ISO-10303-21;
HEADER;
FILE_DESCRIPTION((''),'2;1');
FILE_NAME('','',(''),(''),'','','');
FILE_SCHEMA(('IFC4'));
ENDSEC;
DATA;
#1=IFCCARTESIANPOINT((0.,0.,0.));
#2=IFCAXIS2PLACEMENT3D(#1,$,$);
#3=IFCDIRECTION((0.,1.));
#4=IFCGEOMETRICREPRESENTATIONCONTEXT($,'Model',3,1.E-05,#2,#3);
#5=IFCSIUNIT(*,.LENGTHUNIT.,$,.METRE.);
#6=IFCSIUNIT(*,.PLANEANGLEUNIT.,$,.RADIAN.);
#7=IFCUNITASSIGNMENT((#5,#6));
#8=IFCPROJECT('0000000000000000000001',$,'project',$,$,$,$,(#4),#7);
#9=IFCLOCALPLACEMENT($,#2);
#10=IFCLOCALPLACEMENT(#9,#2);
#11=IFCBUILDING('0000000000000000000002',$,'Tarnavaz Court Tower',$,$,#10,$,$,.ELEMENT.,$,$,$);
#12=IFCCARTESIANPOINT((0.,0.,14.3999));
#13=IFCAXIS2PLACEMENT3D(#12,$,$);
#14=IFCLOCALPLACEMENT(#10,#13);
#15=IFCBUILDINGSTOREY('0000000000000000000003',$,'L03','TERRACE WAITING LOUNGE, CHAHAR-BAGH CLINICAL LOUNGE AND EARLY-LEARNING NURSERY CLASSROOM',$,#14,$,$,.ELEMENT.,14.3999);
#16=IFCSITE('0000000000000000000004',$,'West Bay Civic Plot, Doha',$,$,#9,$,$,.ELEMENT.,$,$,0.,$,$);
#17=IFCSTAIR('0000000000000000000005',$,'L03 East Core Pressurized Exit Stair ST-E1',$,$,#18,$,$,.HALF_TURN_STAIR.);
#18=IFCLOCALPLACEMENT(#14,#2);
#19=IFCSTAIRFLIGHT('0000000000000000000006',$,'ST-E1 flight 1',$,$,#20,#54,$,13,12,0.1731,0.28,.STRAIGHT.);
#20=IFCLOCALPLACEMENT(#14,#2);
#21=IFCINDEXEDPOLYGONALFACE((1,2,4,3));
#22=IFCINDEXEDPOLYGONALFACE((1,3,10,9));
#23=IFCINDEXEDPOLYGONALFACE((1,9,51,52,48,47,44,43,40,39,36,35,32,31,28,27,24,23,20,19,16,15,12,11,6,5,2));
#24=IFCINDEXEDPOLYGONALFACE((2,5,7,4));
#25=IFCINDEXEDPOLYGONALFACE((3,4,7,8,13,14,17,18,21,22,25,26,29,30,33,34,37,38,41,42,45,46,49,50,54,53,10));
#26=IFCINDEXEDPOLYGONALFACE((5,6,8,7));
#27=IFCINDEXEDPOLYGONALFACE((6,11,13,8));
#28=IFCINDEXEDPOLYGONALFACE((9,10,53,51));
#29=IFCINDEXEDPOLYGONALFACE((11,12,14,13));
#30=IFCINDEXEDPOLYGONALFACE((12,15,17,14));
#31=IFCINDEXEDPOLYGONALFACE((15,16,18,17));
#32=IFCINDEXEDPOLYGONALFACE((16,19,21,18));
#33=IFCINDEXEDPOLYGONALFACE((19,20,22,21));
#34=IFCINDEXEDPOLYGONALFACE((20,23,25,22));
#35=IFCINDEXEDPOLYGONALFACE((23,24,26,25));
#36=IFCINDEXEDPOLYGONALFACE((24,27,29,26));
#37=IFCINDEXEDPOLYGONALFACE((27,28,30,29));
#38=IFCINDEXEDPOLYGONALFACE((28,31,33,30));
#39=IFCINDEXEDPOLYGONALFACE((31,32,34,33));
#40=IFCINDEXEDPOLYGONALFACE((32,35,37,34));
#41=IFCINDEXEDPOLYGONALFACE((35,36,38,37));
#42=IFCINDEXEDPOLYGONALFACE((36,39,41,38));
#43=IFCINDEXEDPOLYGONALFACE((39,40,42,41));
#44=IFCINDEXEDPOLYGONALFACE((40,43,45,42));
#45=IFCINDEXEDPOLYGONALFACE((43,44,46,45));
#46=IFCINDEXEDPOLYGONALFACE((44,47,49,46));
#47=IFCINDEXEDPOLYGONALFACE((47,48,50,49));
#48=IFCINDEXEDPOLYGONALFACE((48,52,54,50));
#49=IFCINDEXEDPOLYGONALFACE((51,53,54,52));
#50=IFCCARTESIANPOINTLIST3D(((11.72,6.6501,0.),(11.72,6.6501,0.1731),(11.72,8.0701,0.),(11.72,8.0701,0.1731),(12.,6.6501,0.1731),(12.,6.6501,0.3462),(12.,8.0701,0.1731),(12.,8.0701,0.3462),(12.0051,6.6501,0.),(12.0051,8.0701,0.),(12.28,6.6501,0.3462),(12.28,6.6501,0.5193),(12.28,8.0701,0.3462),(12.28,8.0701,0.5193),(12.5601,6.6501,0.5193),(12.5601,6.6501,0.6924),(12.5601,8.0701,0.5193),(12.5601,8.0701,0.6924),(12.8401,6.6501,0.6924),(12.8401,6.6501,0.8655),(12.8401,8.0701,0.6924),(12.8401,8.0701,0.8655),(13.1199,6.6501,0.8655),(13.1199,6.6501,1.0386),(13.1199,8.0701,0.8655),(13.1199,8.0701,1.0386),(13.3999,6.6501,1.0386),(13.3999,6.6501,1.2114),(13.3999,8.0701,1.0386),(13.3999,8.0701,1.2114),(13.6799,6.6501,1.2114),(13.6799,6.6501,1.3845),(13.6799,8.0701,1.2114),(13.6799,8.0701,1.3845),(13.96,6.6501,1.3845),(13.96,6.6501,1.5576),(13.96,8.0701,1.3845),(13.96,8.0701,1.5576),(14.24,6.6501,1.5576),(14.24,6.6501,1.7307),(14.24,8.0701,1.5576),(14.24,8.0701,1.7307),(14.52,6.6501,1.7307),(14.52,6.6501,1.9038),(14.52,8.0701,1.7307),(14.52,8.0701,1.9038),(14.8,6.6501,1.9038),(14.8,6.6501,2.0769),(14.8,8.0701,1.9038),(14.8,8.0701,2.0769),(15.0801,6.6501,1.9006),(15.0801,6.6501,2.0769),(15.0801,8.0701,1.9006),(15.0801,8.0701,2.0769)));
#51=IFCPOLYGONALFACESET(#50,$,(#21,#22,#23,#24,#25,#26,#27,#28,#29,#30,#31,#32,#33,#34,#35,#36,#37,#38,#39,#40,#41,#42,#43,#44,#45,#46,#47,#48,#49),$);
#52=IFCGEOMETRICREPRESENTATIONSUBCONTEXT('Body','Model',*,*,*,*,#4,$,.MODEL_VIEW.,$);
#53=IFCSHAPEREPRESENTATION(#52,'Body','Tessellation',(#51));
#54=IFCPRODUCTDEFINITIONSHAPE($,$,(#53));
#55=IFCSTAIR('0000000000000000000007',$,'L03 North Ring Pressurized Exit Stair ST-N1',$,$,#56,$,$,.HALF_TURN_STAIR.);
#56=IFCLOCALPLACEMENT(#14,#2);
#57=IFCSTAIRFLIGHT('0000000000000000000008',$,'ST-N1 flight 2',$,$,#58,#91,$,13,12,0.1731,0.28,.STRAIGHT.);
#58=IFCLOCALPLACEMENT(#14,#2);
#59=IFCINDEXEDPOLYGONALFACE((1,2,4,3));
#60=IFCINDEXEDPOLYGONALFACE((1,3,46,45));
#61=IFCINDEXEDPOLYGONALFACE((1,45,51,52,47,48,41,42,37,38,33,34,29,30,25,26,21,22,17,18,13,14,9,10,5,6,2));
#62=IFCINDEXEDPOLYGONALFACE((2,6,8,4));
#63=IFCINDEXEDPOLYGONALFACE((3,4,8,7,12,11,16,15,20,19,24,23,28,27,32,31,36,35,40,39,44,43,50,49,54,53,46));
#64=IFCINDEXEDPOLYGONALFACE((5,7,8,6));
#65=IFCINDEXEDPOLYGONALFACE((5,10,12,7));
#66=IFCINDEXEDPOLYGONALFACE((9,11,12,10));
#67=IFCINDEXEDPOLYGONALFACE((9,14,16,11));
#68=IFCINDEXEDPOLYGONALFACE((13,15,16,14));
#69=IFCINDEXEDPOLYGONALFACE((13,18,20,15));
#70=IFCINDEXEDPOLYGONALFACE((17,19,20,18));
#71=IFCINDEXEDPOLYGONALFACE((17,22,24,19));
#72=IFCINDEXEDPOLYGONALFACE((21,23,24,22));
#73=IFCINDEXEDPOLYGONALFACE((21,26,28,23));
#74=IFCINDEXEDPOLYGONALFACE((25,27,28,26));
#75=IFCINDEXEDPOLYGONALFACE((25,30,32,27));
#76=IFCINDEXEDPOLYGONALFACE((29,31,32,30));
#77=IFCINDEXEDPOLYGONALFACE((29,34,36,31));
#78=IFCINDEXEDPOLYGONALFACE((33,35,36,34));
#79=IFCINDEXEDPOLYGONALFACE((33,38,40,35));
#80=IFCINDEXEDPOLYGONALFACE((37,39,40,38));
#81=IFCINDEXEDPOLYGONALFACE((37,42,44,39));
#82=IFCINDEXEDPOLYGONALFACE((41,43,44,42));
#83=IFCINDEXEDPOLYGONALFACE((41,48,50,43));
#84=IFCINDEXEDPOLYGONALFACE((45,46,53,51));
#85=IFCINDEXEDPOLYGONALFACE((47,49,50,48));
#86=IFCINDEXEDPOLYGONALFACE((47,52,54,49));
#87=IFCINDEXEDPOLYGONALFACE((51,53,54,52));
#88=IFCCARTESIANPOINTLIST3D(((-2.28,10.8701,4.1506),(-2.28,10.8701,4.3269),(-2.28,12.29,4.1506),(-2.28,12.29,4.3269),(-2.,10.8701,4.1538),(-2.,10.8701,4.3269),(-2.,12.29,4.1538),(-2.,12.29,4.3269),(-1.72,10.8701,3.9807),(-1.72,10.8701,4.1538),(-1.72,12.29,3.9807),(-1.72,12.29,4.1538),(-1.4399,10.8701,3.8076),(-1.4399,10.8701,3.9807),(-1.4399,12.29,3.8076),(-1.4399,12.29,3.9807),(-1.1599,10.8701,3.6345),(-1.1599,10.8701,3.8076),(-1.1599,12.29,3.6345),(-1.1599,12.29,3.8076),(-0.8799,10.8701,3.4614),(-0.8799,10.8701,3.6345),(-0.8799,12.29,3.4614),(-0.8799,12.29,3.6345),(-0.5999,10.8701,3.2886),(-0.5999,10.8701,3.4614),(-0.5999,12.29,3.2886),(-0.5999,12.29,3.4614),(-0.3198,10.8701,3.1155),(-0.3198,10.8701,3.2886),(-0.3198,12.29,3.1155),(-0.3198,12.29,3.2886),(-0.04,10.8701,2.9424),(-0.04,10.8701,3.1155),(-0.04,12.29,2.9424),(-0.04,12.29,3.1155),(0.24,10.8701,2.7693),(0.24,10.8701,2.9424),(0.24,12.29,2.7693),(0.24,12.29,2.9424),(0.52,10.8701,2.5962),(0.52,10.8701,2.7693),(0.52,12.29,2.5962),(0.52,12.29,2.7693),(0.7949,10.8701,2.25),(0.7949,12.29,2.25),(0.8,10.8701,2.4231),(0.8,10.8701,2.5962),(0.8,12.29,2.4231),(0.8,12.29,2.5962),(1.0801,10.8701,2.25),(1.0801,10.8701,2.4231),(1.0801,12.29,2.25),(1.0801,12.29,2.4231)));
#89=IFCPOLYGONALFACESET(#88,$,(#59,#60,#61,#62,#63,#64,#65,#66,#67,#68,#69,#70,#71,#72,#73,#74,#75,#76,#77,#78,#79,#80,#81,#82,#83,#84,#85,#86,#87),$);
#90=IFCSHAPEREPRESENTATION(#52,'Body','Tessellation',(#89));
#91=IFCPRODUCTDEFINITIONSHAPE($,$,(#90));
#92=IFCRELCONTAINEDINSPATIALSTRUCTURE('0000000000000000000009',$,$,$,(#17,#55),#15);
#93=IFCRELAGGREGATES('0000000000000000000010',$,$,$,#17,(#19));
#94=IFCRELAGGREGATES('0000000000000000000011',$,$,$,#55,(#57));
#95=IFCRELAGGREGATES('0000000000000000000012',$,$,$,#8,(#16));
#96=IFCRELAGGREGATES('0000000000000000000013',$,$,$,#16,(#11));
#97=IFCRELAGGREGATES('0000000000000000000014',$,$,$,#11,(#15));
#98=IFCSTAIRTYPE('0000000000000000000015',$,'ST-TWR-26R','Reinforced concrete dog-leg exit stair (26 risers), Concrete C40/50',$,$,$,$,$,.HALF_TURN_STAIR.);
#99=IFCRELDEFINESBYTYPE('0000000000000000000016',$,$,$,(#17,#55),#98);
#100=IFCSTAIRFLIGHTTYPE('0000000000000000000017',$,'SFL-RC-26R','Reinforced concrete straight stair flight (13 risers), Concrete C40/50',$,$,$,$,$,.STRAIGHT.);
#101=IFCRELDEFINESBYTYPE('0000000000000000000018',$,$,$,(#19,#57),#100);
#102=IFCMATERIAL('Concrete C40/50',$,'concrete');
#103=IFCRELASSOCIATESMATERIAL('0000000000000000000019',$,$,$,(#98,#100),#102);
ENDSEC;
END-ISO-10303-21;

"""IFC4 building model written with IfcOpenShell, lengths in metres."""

from ifc_helpers import new_model, si_unit, direction, frame, origin, place, context, subcontext, project, spatial, polyline, outline, extrude, material, type_object, element, aggregate, save


model = new_model("IFC4")

# Units and contexts
model_context = context("Model", 3, precision=1e-05, world=origin(), true_north=direction((0.0, 1.0)))
body_context = subcontext(model_context, "Body", "Model", "MODEL_VIEW")
ifc_project = project(units=[si_unit("LENGTHUNIT", "METRE"), si_unit("PLANEANGLEUNIT", "RADIAN")], contexts=[model_context])

# Site, building, storey
site_placement = place(None, origin())
site = spatial("IfcSite", under=ifc_project, at=site_placement, Name="West Bay Civic Plot, Doha", CompositionType="ELEMENT", RefElevation=0.0)
building_placement = place(site_placement, origin())
building = spatial("IfcBuilding", under=site, at=building_placement, Name="Tarnavaz Court Tower", CompositionType="ELEMENT")
storey_placement = place(building_placement, frame((0.0, 0.0, 14.3999)))
storey = spatial("IfcBuildingStorey", under=building, at=storey_placement, Name="L03", Description="TERRACE WAITING LOUNGE, CHAHAR-BAGH CLINICAL LOUNGE AND EARLY-LEARNING NURSERY CLASSROOM", CompositionType="ELEMENT", Elevation=14.3999)

# Stairs, stair flights
ifc_material_1 = material(Name="Concrete C40/50", Category="concrete")
stair_type = type_object("IfcStairType", Name="ST-TWR-26R", Description="Reinforced concrete dog-leg exit stair (26 risers), Concrete C40/50", PredefinedType="HALF_TURN_STAIR", material=ifc_material_1)
stair_1_placement = place(storey_placement, origin())
stair_1 = element("IfcStair", 1, at=stair_1_placement, inside=storey, type_object=stair_type, Name="L03 East Core Pressurized Exit Stair ST-E1", PredefinedType="HALF_TURN_STAIR")
stair_flight_type = type_object("IfcStairFlightType", Name="SFL-RC-26R", Description="Reinforced concrete straight stair flight (13 risers), Concrete C40/50", PredefinedType="STRAIGHT", material=ifc_material_1)
stair_flight_1_placement = place(storey_placement, frame((11.72, 7.3601, 0.0), z_axis=(0.0, 0.0, 1.0), x_axis=(1.0, 0.0, 0.0)))
stair_flight_1 = element("IfcStairFlight", 2, at=stair_flight_1_placement, type_object=stair_flight_type, Name="ST-E1 flight 1", NumberOfRisers=13, NumberOfTreads=12, PredefinedType="STRAIGHT", RiserHeight=0.1731, TreadLength=0.28, context=body_context, shape_type="SweptSolid", body=[
    extrude(outline(polyline([(0.0, 0.0), (0.0, 0.1731), (0.28, 0.1731), (0.28, 0.3462), (0.5601, 0.3462), (0.5601, 0.5193), (0.8401, 0.5193), (0.8401, 0.6924), (1.1201, 0.6924), (1.1201, 0.8655), (1.3999, 0.8655), (1.3999, 1.0386), (1.6799, 1.0386), (1.6799, 1.2114), (1.96, 1.2114), (1.96, 1.3845), (2.24, 1.3845), (2.24, 1.5576), (2.52, 1.5576), (2.52, 1.7307), (2.8, 1.7307), (2.8, 1.9038), (3.0801, 1.9038), (3.0801, 2.0769), (3.3601, 2.0769), (3.3601, 2.25), (3.3601, 1.9006), (0.2852, 0.0), (0.0, 0.0)])), frame((0.0, 0.71, 0.0), z_axis=(0.0, -1.0, 0.0), x_axis=(1.0, 0.0, 0.0)), (0.0, 0.0, 1.0), 1.4199),
])
aggregate(stair_1, [stair_flight_1])
stair_2_placement = place(storey_placement, origin())
stair_2 = element("IfcStair", 3, at=stair_2_placement, inside=storey, type_object=stair_type, Name="L03 North Ring Pressurized Exit Stair ST-N1", PredefinedType="HALF_TURN_STAIR")
stair_flight_2_placement = place(storey_placement, frame((1.0801, 11.5801, 2.25), z_axis=(0.0, 0.0, 1.0), x_axis=(-1.0, 0.0, 0.0)))
stair_flight_2 = element("IfcStairFlight", 4, at=stair_flight_2_placement, type_object=stair_flight_type, Name="ST-N1 flight 2", NumberOfRisers=13, NumberOfTreads=12, PredefinedType="STRAIGHT", RiserHeight=0.1731, TreadLength=0.28, context=body_context, shape_type="SweptSolid", body=[
    extrude(outline(polyline([(0.0, 0.0), (0.0, 0.1731), (0.28, 0.1731), (0.28, 0.3462), (0.5601, 0.3462), (0.5601, 0.5193), (0.8401, 0.5193), (0.8401, 0.6924), (1.1201, 0.6924), (1.1201, 0.8655), (1.3999, 0.8655), (1.3999, 1.0386), (1.6799, 1.0386), (1.6799, 1.2114), (1.96, 1.2114), (1.96, 1.3845), (2.24, 1.3845), (2.24, 1.5576), (2.52, 1.5576), (2.52, 1.7307), (2.8, 1.7307), (2.8, 1.9038), (3.0801, 1.9038), (3.0801, 2.0769), (3.3601, 2.0769), (3.3601, 2.25), (3.3601, 1.9006), (0.2852, 0.0), (0.0, 0.0)])), frame((0.0, 0.71, 0.0), z_axis=(0.0, -1.0, 0.0), x_axis=(1.0, 0.0, 0.0)), (0.0, 0.0, 1.0), 1.4199),
])
aggregate(stair_2, [stair_flight_2])

save(model, "model.ifc")
